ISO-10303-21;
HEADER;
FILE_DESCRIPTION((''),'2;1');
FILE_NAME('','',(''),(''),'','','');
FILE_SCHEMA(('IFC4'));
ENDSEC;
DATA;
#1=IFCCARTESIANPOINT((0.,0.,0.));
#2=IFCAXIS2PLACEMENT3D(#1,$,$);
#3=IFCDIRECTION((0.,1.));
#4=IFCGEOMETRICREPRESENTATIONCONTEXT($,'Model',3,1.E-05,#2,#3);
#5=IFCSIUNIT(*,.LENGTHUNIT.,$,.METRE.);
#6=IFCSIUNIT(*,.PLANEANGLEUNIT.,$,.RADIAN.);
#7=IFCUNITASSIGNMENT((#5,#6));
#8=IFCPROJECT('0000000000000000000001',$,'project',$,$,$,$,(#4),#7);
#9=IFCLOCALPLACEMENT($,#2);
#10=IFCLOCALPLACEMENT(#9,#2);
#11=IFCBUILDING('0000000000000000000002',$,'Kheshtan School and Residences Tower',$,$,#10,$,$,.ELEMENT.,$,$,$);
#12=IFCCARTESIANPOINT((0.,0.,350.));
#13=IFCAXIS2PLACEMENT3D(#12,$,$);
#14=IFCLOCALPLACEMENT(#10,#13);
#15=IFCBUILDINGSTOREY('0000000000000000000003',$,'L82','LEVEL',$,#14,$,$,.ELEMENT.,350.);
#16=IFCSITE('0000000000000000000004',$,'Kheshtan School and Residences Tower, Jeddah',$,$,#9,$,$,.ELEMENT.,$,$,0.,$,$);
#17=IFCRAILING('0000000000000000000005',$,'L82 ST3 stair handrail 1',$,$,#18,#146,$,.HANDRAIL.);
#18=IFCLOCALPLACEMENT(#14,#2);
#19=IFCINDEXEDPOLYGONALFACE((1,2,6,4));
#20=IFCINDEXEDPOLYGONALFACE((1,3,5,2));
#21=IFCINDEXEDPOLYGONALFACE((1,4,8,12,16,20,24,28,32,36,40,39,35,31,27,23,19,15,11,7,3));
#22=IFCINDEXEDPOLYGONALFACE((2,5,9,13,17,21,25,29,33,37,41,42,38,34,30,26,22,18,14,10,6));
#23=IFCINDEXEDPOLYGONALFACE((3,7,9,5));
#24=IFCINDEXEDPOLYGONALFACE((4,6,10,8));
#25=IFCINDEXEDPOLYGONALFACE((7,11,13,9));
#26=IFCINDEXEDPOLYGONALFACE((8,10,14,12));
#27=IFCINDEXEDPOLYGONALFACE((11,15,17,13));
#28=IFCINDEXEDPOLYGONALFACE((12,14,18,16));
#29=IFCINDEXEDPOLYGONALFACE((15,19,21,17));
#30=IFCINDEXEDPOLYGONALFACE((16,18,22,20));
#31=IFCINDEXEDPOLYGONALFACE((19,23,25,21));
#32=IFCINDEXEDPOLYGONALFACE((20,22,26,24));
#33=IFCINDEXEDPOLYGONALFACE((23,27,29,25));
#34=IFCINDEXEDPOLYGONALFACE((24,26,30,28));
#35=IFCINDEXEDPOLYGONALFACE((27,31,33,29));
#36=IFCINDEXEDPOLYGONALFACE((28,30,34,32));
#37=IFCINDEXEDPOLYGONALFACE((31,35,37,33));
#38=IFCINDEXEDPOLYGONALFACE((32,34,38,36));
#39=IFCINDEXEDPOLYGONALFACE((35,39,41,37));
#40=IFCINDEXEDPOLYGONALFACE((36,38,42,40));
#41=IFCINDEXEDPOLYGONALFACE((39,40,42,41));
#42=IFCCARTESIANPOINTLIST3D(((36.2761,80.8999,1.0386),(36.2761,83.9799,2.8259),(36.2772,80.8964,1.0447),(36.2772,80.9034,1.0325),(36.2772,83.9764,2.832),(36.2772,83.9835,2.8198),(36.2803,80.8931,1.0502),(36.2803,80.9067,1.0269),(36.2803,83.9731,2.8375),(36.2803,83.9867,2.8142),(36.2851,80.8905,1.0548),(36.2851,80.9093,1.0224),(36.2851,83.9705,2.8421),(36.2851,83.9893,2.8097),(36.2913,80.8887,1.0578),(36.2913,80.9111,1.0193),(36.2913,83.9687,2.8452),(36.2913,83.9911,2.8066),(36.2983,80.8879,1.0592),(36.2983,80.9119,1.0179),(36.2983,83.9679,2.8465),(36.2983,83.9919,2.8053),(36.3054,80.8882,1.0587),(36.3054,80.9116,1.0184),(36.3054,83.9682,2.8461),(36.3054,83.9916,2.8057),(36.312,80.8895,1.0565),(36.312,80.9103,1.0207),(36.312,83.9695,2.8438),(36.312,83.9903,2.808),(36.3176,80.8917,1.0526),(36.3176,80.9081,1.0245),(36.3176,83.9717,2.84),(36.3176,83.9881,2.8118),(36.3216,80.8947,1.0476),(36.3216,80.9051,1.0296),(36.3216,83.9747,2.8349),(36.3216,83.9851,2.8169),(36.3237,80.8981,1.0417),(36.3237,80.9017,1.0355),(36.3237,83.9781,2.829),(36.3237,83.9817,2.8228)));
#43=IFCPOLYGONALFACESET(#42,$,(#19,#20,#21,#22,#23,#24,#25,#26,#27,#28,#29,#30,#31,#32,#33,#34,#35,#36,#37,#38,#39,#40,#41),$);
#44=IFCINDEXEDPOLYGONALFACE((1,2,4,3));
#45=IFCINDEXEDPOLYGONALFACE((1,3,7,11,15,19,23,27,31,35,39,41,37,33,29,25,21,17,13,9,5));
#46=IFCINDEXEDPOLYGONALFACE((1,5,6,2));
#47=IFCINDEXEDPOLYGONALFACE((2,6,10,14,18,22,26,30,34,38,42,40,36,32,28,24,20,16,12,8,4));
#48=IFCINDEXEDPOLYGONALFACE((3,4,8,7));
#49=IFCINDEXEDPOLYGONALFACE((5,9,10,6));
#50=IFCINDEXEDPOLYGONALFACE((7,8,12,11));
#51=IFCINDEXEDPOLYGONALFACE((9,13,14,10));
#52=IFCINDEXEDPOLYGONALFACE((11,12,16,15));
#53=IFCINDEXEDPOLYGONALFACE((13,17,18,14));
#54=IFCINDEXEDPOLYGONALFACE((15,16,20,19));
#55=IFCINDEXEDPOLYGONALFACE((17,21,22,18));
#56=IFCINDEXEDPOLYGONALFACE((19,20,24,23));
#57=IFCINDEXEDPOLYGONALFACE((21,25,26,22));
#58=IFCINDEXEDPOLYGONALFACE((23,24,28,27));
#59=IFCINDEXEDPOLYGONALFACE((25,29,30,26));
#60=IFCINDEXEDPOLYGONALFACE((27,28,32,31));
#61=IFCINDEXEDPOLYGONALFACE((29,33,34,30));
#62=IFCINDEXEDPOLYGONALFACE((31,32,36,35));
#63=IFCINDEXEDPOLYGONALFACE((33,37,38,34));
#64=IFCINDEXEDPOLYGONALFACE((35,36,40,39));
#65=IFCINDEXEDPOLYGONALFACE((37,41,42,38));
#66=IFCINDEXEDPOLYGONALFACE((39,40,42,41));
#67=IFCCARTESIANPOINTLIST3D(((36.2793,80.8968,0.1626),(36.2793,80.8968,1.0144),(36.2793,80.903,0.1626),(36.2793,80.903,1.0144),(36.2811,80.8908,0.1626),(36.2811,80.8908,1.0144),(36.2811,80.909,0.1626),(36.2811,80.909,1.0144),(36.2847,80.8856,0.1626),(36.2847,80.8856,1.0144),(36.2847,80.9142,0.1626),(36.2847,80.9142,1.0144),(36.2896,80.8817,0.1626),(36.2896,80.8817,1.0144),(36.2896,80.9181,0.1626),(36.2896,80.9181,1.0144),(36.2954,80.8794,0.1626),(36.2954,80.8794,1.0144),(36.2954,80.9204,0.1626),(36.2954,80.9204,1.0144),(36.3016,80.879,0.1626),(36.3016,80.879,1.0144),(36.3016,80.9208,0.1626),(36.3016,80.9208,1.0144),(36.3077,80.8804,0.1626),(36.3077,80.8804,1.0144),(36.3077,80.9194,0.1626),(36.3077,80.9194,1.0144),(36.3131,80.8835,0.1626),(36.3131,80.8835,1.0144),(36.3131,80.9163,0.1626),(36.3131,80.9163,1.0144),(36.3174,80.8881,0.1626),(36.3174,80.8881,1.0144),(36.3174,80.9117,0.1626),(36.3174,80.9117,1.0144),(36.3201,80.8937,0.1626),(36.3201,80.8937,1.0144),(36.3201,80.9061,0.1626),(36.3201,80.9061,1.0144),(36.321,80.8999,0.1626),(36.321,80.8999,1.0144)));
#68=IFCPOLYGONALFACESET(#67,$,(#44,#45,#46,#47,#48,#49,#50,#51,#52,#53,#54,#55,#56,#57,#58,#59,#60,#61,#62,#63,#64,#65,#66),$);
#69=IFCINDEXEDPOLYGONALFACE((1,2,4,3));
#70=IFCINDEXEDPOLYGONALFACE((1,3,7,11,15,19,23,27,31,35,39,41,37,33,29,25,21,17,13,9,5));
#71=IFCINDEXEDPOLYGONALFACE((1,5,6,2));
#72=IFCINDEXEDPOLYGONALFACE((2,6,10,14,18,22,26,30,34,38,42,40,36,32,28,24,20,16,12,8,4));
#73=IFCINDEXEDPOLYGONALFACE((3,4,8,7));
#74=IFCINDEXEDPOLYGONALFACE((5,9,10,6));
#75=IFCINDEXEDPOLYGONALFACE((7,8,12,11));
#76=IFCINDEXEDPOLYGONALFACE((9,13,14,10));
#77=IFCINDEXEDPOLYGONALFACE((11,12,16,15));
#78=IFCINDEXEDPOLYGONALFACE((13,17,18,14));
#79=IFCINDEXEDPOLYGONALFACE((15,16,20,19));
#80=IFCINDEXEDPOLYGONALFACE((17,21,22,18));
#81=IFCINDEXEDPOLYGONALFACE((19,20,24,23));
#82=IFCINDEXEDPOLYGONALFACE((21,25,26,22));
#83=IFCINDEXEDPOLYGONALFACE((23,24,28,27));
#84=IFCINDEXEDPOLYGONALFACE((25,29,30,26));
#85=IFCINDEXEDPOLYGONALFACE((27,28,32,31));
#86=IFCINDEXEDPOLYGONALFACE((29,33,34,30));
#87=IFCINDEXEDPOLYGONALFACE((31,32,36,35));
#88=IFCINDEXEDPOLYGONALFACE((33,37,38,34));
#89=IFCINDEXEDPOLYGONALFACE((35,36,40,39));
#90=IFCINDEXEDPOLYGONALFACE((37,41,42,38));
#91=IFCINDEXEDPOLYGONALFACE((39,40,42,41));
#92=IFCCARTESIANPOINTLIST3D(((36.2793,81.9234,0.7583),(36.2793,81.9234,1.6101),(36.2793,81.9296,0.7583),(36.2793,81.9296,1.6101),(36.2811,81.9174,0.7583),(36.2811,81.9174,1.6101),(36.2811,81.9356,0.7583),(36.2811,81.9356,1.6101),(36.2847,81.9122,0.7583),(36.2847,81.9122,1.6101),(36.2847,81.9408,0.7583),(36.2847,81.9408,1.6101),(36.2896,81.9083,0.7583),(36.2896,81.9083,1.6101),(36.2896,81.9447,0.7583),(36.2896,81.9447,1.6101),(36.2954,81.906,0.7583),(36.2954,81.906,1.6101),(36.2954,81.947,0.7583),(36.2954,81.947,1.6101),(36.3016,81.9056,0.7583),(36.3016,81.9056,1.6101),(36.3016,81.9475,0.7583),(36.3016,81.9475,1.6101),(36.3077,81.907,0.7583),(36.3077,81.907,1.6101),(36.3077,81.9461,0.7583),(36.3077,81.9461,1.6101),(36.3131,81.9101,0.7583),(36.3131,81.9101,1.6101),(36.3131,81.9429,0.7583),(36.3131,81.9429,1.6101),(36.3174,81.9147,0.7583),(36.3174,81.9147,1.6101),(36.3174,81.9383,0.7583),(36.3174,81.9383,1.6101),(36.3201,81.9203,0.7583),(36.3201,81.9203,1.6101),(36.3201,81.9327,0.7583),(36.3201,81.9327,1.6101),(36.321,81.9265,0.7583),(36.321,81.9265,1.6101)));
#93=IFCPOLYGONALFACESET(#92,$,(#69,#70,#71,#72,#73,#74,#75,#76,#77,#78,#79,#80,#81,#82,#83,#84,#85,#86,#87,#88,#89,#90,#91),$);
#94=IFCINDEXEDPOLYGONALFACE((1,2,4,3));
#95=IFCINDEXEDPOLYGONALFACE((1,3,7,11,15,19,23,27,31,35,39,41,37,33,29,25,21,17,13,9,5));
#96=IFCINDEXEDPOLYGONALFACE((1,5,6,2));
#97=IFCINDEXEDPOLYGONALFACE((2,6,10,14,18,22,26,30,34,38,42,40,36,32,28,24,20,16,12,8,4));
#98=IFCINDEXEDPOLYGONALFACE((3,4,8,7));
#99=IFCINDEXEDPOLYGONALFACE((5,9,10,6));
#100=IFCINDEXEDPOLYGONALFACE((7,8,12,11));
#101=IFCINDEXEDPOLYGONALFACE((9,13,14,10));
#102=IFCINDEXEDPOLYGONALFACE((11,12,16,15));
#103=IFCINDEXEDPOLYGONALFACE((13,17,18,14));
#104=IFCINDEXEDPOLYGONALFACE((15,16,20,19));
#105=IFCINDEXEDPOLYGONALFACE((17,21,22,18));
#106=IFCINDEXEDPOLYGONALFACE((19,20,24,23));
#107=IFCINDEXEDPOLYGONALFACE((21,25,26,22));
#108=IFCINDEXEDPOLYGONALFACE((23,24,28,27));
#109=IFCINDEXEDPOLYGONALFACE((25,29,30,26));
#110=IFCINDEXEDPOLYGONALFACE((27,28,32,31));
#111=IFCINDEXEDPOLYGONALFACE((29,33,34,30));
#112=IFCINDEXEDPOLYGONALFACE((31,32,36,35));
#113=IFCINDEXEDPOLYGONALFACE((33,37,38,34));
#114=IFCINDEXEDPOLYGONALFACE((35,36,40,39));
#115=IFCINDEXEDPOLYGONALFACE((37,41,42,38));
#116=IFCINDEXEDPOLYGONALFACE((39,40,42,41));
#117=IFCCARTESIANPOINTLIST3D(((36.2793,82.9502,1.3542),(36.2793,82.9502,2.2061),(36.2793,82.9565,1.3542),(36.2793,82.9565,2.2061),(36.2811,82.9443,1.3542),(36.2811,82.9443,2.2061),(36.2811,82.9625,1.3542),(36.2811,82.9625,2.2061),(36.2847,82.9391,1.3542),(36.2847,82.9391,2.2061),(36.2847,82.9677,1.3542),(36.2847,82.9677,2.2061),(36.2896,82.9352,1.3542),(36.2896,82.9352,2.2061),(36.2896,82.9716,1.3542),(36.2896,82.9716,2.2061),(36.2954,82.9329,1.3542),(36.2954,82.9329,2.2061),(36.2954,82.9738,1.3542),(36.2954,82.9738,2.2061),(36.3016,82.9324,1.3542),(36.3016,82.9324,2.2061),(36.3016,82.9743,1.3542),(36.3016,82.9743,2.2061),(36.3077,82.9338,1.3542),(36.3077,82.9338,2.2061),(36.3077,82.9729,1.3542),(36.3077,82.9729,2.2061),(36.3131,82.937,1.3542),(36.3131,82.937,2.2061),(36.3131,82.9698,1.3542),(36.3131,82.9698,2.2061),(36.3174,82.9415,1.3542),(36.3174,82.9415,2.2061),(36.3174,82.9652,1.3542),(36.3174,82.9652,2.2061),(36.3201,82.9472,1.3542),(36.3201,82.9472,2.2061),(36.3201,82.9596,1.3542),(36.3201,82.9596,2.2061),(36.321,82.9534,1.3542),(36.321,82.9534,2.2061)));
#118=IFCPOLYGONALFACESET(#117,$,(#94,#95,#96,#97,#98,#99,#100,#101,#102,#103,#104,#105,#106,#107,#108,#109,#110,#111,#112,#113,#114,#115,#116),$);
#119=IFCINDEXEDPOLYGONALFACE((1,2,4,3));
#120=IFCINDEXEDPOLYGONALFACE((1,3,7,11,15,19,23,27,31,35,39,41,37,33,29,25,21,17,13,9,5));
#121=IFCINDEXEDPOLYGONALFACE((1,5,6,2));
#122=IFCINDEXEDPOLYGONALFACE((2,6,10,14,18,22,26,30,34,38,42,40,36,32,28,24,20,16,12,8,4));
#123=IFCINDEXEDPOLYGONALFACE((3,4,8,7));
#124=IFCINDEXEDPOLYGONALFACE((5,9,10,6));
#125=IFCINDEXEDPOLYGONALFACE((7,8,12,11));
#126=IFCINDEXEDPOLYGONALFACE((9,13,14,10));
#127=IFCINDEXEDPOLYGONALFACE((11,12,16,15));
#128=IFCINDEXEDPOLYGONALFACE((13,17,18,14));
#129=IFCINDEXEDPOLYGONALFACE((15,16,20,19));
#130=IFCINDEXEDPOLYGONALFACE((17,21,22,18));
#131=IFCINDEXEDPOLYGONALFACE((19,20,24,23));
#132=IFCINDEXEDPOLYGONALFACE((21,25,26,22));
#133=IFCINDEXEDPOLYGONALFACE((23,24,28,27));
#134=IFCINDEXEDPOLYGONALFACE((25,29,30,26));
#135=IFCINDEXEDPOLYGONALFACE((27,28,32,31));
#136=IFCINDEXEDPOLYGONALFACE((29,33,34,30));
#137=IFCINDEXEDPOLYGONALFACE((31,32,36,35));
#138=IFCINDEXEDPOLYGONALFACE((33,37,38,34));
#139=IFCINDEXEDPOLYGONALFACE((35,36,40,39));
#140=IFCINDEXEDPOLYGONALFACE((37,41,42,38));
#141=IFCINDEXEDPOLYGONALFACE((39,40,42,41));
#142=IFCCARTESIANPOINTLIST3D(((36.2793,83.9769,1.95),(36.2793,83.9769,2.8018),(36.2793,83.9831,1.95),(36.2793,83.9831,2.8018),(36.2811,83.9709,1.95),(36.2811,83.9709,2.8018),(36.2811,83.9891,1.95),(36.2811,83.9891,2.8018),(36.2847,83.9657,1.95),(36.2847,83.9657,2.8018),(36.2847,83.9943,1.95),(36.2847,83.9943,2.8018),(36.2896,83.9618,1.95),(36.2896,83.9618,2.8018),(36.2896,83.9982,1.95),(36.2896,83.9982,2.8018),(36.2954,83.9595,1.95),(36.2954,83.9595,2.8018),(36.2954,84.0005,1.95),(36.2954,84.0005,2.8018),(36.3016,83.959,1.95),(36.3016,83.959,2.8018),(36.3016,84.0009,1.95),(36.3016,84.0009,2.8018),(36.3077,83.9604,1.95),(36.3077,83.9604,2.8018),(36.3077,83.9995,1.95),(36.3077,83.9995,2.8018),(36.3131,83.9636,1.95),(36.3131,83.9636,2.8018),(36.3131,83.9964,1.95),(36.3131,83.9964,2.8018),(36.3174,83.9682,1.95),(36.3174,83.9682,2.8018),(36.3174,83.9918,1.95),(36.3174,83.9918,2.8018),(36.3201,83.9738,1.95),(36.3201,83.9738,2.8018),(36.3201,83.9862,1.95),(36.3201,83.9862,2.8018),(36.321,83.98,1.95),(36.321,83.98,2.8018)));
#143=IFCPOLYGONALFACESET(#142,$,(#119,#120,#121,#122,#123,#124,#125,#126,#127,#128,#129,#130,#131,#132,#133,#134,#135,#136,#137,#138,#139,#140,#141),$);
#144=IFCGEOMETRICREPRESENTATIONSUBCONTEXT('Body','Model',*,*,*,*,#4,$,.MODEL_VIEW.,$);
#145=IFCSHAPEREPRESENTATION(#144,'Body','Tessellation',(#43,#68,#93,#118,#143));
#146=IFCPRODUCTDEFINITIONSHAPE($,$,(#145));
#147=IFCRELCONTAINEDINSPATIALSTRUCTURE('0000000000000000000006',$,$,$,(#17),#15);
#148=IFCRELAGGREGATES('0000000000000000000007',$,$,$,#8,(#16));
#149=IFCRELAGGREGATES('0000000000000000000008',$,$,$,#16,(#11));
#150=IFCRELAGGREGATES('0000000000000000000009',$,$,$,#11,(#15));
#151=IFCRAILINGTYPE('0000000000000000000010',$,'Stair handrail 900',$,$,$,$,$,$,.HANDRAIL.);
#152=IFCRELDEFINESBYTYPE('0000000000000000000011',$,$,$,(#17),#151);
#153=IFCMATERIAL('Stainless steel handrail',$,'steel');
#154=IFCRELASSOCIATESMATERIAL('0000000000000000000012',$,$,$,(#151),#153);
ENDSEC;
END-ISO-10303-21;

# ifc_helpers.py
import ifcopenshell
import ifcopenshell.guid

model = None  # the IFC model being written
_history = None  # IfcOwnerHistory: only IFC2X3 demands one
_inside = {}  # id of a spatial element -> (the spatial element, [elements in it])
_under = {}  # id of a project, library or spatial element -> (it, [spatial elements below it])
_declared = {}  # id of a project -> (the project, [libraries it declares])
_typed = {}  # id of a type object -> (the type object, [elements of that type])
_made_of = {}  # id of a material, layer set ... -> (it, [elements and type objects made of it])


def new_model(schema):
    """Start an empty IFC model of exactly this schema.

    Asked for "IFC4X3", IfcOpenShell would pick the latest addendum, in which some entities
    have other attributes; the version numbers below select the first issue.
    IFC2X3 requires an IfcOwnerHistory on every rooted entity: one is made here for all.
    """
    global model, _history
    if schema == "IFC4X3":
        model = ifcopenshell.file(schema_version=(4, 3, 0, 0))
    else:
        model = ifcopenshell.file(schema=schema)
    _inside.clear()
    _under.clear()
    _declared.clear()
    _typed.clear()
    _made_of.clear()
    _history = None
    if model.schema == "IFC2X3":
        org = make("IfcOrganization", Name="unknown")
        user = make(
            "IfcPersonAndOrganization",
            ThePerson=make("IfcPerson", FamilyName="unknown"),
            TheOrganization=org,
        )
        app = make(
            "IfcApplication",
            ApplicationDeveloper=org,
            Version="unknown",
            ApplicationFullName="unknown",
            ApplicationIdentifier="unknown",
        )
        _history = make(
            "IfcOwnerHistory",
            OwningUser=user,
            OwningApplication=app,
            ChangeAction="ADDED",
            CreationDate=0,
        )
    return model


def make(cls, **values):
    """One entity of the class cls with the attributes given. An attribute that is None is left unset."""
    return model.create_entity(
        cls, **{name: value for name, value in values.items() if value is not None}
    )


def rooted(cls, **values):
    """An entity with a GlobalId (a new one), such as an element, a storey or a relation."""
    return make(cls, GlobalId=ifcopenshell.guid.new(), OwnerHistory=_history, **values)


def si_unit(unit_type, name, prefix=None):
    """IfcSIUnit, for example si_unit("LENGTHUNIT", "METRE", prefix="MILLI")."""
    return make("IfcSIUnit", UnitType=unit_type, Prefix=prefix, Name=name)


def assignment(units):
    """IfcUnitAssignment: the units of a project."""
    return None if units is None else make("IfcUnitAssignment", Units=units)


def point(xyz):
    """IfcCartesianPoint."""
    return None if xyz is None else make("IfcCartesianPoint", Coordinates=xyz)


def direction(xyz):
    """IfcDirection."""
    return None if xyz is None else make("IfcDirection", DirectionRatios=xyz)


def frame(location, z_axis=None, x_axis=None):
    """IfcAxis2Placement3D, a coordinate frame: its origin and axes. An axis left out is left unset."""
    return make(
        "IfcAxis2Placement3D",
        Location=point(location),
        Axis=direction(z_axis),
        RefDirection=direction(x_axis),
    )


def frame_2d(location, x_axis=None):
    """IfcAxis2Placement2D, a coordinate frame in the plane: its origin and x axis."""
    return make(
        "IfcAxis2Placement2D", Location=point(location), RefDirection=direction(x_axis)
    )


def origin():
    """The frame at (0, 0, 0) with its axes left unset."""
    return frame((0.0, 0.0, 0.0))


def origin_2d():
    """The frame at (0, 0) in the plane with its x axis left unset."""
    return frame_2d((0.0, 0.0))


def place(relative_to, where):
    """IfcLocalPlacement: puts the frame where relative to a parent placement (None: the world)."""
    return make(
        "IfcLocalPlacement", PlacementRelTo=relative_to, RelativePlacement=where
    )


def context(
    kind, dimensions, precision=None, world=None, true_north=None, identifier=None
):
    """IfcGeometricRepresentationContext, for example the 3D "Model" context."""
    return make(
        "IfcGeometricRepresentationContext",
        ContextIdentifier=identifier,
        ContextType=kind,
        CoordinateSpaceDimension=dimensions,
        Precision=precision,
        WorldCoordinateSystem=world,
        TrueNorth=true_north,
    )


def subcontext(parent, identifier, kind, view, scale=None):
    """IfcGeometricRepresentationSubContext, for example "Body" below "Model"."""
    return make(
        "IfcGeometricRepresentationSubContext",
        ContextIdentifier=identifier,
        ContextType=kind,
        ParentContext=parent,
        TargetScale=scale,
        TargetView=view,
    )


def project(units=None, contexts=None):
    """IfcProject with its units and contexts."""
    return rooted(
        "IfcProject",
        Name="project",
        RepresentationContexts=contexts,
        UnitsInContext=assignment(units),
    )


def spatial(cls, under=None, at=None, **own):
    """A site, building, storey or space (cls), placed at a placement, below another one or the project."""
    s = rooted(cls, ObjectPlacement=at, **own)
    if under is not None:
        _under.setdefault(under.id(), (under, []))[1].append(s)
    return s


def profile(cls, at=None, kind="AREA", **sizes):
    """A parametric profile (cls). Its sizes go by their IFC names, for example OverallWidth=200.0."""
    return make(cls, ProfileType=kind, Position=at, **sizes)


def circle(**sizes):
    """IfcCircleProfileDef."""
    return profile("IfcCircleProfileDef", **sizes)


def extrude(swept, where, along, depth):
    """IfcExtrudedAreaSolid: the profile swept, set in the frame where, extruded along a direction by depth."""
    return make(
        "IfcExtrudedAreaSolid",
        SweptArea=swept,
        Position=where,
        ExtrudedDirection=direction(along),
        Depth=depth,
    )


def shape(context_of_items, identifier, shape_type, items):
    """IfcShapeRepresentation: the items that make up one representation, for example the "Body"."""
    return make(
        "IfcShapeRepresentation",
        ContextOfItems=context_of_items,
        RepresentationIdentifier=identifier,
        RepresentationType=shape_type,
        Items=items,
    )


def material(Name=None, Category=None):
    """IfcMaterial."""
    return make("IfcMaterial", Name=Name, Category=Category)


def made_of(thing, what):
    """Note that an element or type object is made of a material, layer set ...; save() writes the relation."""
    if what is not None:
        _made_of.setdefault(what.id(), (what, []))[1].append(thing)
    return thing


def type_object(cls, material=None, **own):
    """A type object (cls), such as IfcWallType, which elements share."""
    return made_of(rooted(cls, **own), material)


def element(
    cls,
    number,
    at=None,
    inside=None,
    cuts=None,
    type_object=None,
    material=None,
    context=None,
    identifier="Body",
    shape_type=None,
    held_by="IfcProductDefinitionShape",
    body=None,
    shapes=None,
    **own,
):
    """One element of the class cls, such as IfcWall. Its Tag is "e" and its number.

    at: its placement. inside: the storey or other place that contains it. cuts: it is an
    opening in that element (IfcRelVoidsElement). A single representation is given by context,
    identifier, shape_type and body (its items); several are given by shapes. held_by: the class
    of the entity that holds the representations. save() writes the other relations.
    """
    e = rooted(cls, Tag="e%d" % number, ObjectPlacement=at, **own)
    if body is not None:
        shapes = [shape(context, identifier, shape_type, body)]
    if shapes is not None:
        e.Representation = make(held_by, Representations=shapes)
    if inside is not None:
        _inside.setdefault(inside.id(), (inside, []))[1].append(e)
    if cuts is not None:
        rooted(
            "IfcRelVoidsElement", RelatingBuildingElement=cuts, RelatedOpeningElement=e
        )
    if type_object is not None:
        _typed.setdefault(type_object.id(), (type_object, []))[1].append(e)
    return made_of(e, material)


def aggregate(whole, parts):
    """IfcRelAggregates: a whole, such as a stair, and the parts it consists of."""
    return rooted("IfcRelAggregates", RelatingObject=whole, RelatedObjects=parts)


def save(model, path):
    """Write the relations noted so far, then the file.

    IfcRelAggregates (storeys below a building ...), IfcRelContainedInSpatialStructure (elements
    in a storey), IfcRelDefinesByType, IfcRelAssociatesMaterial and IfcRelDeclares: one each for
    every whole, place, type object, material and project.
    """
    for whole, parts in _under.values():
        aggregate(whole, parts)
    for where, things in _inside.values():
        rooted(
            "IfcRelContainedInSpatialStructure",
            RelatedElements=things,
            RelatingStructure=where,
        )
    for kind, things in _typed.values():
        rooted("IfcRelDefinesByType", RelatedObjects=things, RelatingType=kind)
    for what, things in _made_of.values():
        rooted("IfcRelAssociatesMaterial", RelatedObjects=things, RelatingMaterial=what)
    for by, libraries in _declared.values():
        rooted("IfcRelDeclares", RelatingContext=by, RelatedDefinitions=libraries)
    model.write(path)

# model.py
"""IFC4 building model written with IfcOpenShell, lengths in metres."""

from ifc_helpers import new_model, si_unit, direction, frame, origin, origin_2d, place, context, subcontext, project, spatial, circle, extrude, material, type_object, element, save


model = new_model("IFC4")

# Units and contexts
model_context = context("Model", 3, precision=1e-05, world=origin(), true_north=direction((0.0, 1.0)))
body_context = subcontext(model_context, "Body", "Model", "MODEL_VIEW")
ifc_project = project(units=[si_unit("LENGTHUNIT", "METRE"), si_unit("PLANEANGLEUNIT", "RADIAN")], contexts=[model_context])

# Site, building, storey
site_placement = place(None, origin())
site = spatial("IfcSite", under=ifc_project, at=site_placement, Name="Kheshtan School and Residences Tower, Jeddah", CompositionType="ELEMENT", RefElevation=0.0)
building_placement = place(site_placement, origin())
building = spatial("IfcBuilding", under=site, at=building_placement, Name="Kheshtan School and Residences Tower", CompositionType="ELEMENT")
storey_placement = place(building_placement, frame((0.0, 0.0, 350.0)))
storey = spatial("IfcBuildingStorey", under=building, at=storey_placement, Name="L82", Description="LEVEL", CompositionType="ELEMENT", Elevation=350.0)

# Railing
ifc_material_1 = material(Name="Stainless steel handrail", Category="steel")
railing_type_1 = type_object("IfcRailingType", Name="Stair handrail 900", PredefinedType="HANDRAIL", material=ifc_material_1)
railing_1_placement = place(storey_placement, frame((36.3, 80.8999, 0.1626)))
element("IfcRailing", 1, at=railing_1_placement, inside=storey, type_object=railing_type_1, Name="L82 ST3 stair handrail 1", PredefinedType="HANDRAIL", context=body_context, shape_type="SweptSolid", body=[
    extrude(circle(Radius=0.0239, at=origin_2d()), frame((0.0, 0.0, 0.876), z_axis=(0.0, 0.86492, 0.501909), x_axis=(-1.0, 0.0, 0.0)), (0.0, 0.0, 1.0), 3.561),
    extrude(circle(Radius=0.021, at=origin_2d()), origin(), (0.0, 0.0, 1.0), 0.8518),
    extrude(circle(Radius=0.021, at=origin_2d()), frame((0.0, 1.0266, 0.5957)), (0.0, 0.0, 1.0), 0.8518),
    extrude(circle(Radius=0.021, at=origin_2d()), frame((0.0, 2.0535, 1.1917)), (0.0, 0.0, 1.0), 0.8518),
    extrude(circle(Radius=0.021, at=origin_2d()), frame((0.0, 3.0801, 1.7874)), (0.0, 0.0, 1.0), 0.8518),
])

save(model, "model.ifc")
